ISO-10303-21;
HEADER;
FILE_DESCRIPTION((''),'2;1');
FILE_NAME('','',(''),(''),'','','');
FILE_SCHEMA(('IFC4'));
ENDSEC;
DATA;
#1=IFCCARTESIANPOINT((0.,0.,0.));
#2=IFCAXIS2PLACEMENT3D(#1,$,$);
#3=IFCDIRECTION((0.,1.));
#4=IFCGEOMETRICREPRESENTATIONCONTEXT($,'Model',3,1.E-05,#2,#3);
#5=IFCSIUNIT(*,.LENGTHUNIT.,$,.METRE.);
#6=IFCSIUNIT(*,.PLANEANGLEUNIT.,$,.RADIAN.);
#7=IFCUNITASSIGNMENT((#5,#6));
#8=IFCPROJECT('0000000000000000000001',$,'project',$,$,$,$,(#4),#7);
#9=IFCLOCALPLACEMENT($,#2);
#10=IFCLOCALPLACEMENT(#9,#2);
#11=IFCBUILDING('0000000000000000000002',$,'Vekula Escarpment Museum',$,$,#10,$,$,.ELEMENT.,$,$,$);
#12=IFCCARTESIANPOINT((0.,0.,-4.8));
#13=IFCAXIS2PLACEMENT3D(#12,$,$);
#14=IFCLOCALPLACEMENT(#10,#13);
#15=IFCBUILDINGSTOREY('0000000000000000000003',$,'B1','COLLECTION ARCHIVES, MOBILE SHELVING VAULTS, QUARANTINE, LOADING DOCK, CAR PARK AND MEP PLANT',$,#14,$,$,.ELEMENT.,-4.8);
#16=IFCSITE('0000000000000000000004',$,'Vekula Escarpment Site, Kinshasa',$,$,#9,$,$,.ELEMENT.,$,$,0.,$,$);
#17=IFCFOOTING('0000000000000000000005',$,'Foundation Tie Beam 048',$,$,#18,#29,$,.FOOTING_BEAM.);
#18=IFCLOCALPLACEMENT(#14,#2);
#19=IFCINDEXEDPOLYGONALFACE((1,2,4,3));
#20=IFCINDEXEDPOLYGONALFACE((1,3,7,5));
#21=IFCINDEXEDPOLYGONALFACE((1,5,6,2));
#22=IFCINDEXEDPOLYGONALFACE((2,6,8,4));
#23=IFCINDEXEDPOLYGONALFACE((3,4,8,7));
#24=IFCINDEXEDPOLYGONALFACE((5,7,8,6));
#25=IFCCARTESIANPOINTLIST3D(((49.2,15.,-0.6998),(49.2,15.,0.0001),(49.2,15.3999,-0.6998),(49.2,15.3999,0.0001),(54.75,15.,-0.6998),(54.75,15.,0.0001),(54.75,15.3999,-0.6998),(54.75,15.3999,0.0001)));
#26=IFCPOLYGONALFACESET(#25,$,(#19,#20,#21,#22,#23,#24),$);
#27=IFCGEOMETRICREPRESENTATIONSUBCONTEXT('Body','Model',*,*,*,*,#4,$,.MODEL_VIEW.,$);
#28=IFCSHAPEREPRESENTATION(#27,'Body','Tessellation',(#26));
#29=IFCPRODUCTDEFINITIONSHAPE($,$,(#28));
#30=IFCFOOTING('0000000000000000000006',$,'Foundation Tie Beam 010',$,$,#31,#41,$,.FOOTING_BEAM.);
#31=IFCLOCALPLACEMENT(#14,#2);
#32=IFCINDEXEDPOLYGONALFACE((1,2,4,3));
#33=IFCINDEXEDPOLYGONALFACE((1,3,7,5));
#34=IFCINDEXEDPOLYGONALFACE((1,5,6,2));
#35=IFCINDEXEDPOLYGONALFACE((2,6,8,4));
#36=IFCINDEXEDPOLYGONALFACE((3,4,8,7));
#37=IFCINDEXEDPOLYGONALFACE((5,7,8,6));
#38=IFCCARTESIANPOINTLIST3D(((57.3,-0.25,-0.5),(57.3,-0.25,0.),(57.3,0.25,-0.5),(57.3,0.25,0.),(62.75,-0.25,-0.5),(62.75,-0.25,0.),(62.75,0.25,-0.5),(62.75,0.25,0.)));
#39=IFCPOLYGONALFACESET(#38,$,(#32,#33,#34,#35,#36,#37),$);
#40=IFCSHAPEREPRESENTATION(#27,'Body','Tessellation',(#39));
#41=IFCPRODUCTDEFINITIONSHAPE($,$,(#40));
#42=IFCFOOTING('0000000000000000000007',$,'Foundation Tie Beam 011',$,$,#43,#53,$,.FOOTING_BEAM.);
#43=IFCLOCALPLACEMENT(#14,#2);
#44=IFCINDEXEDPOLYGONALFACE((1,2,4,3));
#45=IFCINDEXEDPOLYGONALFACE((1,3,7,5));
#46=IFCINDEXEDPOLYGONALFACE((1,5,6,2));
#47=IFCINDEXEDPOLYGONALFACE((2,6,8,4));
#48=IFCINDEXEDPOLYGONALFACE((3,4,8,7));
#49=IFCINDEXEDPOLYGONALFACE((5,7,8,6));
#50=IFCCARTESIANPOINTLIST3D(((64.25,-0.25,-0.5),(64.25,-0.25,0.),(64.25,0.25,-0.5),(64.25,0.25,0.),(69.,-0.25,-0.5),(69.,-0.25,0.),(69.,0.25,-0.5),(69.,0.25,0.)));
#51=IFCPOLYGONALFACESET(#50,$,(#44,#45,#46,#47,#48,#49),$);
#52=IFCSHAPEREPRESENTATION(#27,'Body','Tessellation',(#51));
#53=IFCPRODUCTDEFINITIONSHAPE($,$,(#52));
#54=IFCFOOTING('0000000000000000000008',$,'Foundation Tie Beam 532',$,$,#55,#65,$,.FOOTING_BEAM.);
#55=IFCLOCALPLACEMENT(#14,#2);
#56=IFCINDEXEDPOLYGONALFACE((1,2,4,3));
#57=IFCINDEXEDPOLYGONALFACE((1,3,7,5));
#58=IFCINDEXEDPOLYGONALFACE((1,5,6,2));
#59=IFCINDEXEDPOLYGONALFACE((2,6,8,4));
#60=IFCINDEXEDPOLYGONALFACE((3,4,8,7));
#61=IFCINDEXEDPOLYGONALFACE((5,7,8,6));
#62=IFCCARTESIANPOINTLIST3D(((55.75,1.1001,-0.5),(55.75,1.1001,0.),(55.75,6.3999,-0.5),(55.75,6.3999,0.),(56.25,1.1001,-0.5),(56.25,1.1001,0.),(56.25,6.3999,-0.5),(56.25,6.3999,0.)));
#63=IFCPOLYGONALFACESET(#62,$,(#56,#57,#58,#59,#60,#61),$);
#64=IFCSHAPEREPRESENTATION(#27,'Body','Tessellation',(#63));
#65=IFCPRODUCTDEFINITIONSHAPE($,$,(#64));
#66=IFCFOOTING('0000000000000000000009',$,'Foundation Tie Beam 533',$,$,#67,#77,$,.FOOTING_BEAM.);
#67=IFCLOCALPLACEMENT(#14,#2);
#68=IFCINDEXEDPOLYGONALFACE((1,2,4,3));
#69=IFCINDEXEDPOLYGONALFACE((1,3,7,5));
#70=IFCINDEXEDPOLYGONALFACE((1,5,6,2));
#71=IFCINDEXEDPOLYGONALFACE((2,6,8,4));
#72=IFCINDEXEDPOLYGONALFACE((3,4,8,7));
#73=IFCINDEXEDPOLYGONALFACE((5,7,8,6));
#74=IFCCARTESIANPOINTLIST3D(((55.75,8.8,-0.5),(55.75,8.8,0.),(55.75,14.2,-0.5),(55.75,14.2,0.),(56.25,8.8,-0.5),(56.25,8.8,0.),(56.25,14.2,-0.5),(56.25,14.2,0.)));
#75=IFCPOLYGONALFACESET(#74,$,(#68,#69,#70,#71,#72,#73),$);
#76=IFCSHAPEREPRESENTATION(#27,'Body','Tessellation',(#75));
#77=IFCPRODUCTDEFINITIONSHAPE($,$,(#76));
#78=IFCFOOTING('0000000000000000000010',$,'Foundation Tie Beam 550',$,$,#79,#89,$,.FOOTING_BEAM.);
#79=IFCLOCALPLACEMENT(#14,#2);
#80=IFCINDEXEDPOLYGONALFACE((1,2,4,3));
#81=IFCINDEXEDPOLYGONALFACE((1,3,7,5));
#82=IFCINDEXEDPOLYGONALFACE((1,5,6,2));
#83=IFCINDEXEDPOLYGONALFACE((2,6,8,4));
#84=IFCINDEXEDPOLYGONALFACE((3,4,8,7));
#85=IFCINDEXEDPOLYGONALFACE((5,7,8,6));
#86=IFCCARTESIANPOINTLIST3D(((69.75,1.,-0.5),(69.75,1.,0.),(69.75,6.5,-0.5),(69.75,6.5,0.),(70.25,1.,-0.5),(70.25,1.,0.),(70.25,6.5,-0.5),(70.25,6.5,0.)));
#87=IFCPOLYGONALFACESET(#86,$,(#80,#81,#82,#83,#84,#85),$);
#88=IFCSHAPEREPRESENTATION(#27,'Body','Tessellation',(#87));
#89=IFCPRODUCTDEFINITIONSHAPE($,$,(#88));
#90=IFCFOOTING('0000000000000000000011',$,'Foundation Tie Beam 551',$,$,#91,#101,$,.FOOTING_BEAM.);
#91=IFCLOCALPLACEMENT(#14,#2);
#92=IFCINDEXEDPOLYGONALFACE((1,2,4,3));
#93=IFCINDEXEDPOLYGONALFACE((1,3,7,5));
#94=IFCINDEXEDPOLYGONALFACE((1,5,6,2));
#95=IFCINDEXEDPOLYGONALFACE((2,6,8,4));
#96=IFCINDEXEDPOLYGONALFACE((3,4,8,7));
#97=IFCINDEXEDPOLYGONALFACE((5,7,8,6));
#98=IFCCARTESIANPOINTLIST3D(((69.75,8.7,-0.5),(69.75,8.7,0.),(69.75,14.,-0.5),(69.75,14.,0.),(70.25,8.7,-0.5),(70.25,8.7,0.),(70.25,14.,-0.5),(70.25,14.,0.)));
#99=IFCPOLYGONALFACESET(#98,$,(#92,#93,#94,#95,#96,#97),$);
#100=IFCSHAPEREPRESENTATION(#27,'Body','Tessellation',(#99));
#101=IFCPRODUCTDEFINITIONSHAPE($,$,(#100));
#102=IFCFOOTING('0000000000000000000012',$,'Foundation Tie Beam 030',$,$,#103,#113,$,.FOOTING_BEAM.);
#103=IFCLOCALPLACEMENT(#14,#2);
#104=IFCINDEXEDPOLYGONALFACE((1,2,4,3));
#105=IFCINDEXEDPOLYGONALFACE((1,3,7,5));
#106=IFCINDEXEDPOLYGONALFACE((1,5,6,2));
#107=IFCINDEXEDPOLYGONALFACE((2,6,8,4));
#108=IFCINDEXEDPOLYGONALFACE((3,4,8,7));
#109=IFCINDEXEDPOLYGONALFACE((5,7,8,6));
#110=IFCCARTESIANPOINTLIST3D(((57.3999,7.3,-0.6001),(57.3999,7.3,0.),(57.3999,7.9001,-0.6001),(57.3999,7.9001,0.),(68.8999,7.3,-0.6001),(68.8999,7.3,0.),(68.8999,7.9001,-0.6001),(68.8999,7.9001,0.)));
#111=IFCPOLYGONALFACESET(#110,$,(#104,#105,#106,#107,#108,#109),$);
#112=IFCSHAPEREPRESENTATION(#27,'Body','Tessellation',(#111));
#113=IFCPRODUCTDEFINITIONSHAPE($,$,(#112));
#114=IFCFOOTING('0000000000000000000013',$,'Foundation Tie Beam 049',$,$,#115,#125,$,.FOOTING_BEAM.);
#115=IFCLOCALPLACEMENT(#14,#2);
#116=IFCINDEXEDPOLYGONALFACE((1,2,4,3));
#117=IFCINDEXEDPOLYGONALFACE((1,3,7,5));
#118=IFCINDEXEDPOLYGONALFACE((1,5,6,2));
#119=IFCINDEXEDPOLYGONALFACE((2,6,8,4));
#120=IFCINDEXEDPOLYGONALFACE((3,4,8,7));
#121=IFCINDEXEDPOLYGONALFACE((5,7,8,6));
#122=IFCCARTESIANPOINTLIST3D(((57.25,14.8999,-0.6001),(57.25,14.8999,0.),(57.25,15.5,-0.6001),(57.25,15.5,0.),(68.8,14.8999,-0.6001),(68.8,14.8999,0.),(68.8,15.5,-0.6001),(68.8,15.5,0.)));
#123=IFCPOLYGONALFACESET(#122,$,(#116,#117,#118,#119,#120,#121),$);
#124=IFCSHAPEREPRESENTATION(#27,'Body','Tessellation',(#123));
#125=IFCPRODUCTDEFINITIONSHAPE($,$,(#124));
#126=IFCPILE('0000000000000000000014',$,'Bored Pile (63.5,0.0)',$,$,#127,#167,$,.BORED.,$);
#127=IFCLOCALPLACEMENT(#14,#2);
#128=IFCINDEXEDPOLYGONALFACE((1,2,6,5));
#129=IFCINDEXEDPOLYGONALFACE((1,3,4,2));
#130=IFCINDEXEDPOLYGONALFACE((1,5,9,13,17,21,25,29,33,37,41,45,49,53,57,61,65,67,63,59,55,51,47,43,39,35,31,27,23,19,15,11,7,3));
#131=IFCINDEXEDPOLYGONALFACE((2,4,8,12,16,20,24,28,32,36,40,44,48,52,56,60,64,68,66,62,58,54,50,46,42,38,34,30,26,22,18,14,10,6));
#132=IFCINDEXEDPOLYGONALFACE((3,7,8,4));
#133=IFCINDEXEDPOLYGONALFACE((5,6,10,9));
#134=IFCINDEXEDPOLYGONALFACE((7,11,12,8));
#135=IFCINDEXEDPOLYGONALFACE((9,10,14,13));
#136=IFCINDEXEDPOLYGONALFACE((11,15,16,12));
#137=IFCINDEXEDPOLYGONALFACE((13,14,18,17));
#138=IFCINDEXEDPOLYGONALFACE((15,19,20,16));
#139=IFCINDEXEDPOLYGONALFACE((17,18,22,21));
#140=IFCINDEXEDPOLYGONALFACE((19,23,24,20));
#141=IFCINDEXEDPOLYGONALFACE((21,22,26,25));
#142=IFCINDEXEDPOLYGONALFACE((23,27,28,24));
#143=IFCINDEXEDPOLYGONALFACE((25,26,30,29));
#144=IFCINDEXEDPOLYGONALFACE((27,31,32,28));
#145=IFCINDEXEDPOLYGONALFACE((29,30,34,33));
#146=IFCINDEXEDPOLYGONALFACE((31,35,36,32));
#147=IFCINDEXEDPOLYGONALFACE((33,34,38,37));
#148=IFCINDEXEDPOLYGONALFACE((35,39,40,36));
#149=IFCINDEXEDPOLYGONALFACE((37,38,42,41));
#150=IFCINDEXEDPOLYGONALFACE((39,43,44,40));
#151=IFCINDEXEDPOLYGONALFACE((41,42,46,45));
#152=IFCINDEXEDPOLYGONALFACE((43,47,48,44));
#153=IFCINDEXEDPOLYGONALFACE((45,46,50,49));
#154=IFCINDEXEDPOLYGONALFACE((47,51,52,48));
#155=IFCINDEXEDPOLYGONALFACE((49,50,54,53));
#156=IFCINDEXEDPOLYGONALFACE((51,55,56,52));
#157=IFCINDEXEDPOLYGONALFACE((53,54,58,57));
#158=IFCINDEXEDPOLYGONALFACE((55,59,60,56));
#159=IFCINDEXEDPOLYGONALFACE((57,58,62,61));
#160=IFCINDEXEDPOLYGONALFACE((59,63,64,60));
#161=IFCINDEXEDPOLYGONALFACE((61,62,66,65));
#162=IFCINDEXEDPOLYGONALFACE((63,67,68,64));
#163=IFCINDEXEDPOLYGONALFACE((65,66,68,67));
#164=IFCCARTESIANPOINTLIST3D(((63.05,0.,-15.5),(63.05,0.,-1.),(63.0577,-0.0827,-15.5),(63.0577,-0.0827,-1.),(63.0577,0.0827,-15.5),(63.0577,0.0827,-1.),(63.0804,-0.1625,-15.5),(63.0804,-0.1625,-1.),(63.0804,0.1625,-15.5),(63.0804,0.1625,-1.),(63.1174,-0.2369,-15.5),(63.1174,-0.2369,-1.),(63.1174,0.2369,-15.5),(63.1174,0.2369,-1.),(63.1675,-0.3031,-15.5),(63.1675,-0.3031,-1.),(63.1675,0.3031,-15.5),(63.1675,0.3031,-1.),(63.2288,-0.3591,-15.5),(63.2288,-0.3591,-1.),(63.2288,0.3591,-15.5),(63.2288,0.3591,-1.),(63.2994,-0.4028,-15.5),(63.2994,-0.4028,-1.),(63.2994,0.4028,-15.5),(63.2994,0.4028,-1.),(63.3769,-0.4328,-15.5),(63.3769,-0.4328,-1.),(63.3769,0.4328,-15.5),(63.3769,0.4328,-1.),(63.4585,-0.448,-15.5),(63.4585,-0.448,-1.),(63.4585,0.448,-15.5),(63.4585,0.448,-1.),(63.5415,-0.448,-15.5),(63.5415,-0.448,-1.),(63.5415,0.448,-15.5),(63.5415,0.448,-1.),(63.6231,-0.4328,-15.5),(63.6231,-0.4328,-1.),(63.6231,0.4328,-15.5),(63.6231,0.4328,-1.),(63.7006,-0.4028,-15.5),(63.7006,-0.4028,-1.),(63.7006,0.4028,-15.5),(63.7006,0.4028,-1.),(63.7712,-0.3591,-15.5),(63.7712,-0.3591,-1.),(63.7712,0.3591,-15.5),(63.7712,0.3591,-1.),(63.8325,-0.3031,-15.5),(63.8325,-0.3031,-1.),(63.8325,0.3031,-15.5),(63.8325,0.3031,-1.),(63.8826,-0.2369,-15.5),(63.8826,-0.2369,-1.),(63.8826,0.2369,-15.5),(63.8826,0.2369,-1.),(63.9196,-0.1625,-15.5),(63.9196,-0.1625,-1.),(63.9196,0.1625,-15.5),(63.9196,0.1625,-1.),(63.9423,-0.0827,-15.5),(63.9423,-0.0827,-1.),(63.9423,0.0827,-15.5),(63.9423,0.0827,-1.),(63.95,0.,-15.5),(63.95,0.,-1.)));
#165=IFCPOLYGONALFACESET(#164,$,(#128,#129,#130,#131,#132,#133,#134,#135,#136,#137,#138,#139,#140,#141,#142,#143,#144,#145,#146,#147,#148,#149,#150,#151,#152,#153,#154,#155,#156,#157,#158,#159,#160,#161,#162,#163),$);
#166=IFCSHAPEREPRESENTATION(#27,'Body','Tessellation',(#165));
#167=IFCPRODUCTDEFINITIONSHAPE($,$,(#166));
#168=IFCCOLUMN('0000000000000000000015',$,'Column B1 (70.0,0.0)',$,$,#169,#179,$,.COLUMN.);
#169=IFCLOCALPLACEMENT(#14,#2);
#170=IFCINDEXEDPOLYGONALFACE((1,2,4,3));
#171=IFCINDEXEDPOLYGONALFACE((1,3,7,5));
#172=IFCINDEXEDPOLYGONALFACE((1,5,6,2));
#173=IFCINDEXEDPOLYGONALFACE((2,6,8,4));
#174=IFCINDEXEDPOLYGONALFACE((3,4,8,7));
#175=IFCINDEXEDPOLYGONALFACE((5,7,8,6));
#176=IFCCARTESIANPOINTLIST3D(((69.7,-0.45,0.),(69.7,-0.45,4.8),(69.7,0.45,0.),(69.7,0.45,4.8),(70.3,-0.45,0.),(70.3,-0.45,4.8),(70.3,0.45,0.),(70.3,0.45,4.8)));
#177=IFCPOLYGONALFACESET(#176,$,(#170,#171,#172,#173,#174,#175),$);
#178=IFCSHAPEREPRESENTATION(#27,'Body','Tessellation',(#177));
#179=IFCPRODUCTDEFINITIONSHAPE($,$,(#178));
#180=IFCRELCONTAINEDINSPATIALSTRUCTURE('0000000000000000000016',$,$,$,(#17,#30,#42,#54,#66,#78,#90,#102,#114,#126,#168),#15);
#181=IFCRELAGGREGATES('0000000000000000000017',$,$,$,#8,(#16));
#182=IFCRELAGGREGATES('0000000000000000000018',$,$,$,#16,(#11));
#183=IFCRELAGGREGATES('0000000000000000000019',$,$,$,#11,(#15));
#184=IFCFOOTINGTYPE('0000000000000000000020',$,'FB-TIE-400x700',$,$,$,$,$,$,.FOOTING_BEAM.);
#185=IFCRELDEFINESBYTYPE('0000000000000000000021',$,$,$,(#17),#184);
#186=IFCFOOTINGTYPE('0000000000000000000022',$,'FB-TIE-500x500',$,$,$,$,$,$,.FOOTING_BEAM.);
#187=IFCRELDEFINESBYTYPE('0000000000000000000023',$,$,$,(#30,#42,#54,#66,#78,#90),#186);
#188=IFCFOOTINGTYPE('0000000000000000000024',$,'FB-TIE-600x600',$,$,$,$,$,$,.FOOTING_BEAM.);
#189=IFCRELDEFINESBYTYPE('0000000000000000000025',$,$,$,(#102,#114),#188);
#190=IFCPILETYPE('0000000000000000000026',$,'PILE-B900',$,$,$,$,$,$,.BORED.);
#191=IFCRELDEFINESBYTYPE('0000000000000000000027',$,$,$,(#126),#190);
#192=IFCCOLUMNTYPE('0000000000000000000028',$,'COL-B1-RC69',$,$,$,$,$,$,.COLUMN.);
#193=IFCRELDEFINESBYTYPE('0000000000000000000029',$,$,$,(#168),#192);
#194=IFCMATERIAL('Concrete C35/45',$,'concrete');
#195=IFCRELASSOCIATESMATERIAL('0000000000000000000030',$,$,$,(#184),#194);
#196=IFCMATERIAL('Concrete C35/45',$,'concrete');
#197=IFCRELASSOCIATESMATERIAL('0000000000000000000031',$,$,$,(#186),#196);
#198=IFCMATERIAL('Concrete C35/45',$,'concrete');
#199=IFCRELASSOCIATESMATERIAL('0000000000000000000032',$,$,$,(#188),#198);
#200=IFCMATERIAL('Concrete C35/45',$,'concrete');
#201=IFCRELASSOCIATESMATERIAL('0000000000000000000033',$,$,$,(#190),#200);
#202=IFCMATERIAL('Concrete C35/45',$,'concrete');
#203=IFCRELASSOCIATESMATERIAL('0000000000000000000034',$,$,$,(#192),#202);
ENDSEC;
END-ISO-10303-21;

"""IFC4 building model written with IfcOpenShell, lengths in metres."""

from ifc_helpers import new_model, si_unit, direction, frame, origin, origin_2d, place, context, subcontext, project, spatial, rectangle, circle, extrude, material, material_profile, profile_set, type_object, element, save


model = new_model("IFC4")

# Units and contexts
model_context = context("Model", 3, precision=1e-05, world=origin(), true_north=direction((0.0, 1.0)))
body_context = subcontext(model_context, "Body", "Model", "MODEL_VIEW")
ifc_project = project(units=[si_unit("LENGTHUNIT", "METRE"), si_unit("PLANEANGLEUNIT", "RADIAN")], contexts=[model_context])

# Site, building, storey
site_placement = place(None, origin())
site = spatial("IfcSite", under=ifc_project, at=site_placement, Name="Vekula Escarpment Site, Kinshasa", CompositionType="ELEMENT", RefElevation=0.0)
building_placement = place(site_placement, origin())
building = spatial("IfcBuilding", under=site, at=building_placement, Name="Vekula Escarpment Museum", CompositionType="ELEMENT")
storey_placement = place(building_placement, frame((0.0, 0.0, -4.8)))
storey = spatial("IfcBuildingStorey", under=building, at=storey_placement, Name="B1", Description="COLLECTION ARCHIVES, MOBILE SHELVING VAULTS, QUARANTINE, LOADING DOCK, CAR PARK AND MEP PLANT", CompositionType="ELEMENT", Elevation=-4.8)

# Footings
ifc_material_1 = material(Name="Concrete C35/45", Category="concrete")
ifc_material_profile_1 = material_profile(ifc_material_1, rectangle(XDim=0.3999, YDim=0.7, at=origin_2d()), Name="RC 400x700")
ifc_profile_set_1 = profile_set([ifc_material_profile_1], Name="Concrete C35/45")
footing_type_1 = type_object("IfcFootingType", Name="FB-TIE-400x700", PredefinedType="FOOTING_BEAM", material=ifc_profile_set_1)
footing_1_placement = place(storey_placement, frame((49.2, 15.2, -0.3499), z_axis=(1.0, 0.0, 0.0), x_axis=(0.0, 1.0, 0.0)))
element("IfcFooting", 1, at=footing_1_placement, inside=storey, type_object=footing_type_1, Name="Foundation Tie Beam 048", PredefinedType="FOOTING_BEAM", context=body_context, shape_type="SweptSolid", body=[
    extrude(rectangle(XDim=0.3999, YDim=0.7, at=origin_2d()), origin(), (0.0, 0.0, 1.0), 5.55),
])
ifc_material_2 = material(Name="Concrete C35/45", Category="concrete")
ifc_material_profile_2 = material_profile(ifc_material_2, rectangle(XDim=0.5, YDim=0.5, at=origin_2d()), Name="RC 500x500")
ifc_profile_set_2 = profile_set([ifc_material_profile_2], Name="Concrete C35/45")
footing_type_2 = type_object("IfcFootingType", Name="FB-TIE-500x500", PredefinedType="FOOTING_BEAM", material=ifc_profile_set_2)
footing_2_placement = place(storey_placement, frame((57.3, 0.0, -0.25), z_axis=(1.0, 0.0, 0.0), x_axis=(0.0, 1.0, 0.0)))
element("IfcFooting", 2, at=footing_2_placement, inside=storey, type_object=footing_type_2, Name="Foundation Tie Beam 010", PredefinedType="FOOTING_BEAM", context=body_context, shape_type="SweptSolid", body=[
    extrude(rectangle(XDim=0.5, YDim=0.5, at=origin_2d()), origin(), (0.0, 0.0, 1.0), 5.45),
])
footing_3_placement = place(storey_placement, frame((64.25, 0.0, -0.25), z_axis=(1.0, 0.0, 0.0), x_axis=(0.0, 1.0, 0.0)))
element("IfcFooting", 3, at=footing_3_placement, inside=storey, type_object=footing_type_2, Name="Foundation Tie Beam 011", PredefinedType="FOOTING_BEAM", context=body_context, shape_type="SweptSolid", body=[
    extrude(rectangle(XDim=0.5, YDim=0.5, at=origin_2d()), origin(), (0.0, 0.0, 1.0), 4.75),
])
footing_4_placement = place(storey_placement, frame((56.0, 1.1001, -0.25), z_axis=(0.0, 1.0, 0.0), x_axis=(-1.0, 0.0, 0.0)))
element("IfcFooting", 4, at=footing_4_placement, inside=storey, type_object=footing_type_2, Name="Foundation Tie Beam 532", PredefinedType="FOOTING_BEAM", context=body_context, shape_type="SweptSolid", body=[
    extrude(rectangle(XDim=0.5, YDim=0.5, at=origin_2d()), origin(), (0.0, 0.0, 1.0), 5.2998),
])
footing_5_placement = place(storey_placement, frame((56.0, 8.8, -0.25), z_axis=(0.0, 1.0, 0.0), x_axis=(-1.0, 0.0, 0.0)))
element("IfcFooting", 5, at=footing_5_placement, inside=storey, type_object=footing_type_2, Name="Foundation Tie Beam 533", PredefinedType="FOOTING_BEAM", context=body_context, shape_type="SweptSolid", body=[
    extrude(rectangle(XDim=0.5, YDim=0.5, at=origin_2d()), origin(), (0.0, 0.0, 1.0), 5.3999),
])
footing_6_placement = place(storey_placement, frame((70.0, 1.0, -0.25), z_axis=(0.0, 1.0, 0.0), x_axis=(-1.0, 0.0, 0.0)))
element("IfcFooting", 6, at=footing_6_placement, inside=storey, type_object=footing_type_2, Name="Foundation Tie Beam 550", PredefinedType="FOOTING_BEAM", context=body_context, shape_type="SweptSolid", body=[
    extrude(rectangle(XDim=0.5, YDim=0.5, at=origin_2d()), origin(), (0.0, 0.0, 1.0), 5.5),
])
footing_7_placement = place(storey_placement, frame((70.0, 8.7, -0.25), z_axis=(0.0, 1.0, 0.0), x_axis=(-1.0, 0.0, 0.0)))
element("IfcFooting", 7, at=footing_7_placement, inside=storey, type_object=footing_type_2, Name="Foundation Tie Beam 551", PredefinedType="FOOTING_BEAM", context=body_context, shape_type="SweptSolid", body=[
    extrude(rectangle(XDim=0.5, YDim=0.5, at=origin_2d()), origin(), (0.0, 0.0, 1.0), 5.3),
])
ifc_material_3 = material(Name="Concrete C35/45", Category="concrete")
ifc_material_profile_3 = material_profile(ifc_material_3, rectangle(XDim=0.6001, YDim=0.6001, at=origin_2d()), Name="RC 600x600")
ifc_profile_set_3 = profile_set([ifc_material_profile_3], Name="Concrete C35/45")
footing_type_3 = type_object("IfcFootingType", Name="FB-TIE-600x600", PredefinedType="FOOTING_BEAM", material=ifc_profile_set_3)
footing_8_placement = place(storey_placement, frame((57.3999, 7.6001, -0.3), z_axis=(1.0, 0.0, 0.0), x_axis=(0.0, 1.0, 0.0)))
element("IfcFooting", 8, at=footing_8_placement, inside=storey, type_object=footing_type_3, Name="Foundation Tie Beam 030", PredefinedType="FOOTING_BEAM", context=body_context, shape_type="SweptSolid", body=[
    extrude(rectangle(XDim=0.6001, YDim=0.6001, at=origin_2d()), origin(), (0.0, 0.0, 1.0), 11.5),
])
footing_9_placement = place(storey_placement, frame((57.25, 15.2, -0.3), z_axis=(1.0, 0.0, 0.0), x_axis=(0.0, 1.0, 0.0)))
element("IfcFooting", 9, at=footing_9_placement, inside=storey, type_object=footing_type_3, Name="Foundation Tie Beam 049", PredefinedType="FOOTING_BEAM", context=body_context, shape_type="SweptSolid", body=[
    extrude(rectangle(XDim=0.6001, YDim=0.6001, at=origin_2d()), origin(), (0.0, 0.0, 1.0), 11.55),
])

# Pile
ifc_material_4 = material(Name="Concrete C35/45", Category="concrete")
ifc_material_profile_4 = material_profile(ifc_material_4, circle(Radius=0.45, at=origin_2d()), Name="BORED PILE 900")
ifc_profile_set_4 = profile_set([ifc_material_profile_4], Name="Concrete C35/45")
pile_type = type_object("IfcPileType", Name="PILE-B900", PredefinedType="BORED", material=ifc_profile_set_4)
pile_placement = place(storey_placement, frame((63.5, 0.0, -1.0), z_axis=(0.0, 0.0, -1.0), x_axis=(1.0, 0.0, 0.0)))
element("IfcPile", 10, at=pile_placement, inside=storey, type_object=pile_type, Name="Bored Pile (63.5,0.0)", PredefinedType="BORED", context=body_context, shape_type="SweptSolid", body=[
    extrude(circle(Radius=0.45, at=origin_2d()), origin(), (0.0, 0.0, 1.0), 14.5),
])

# Column
ifc_material_5 = material(Name="Concrete C35/45", Category="concrete")
ifc_material_profile_5 = material_profile(ifc_material_5, rectangle(XDim=0.6001, YDim=0.8999, at=origin_2d()), Name="RC 600x900")
ifc_profile_set_5 = profile_set([ifc_material_profile_5], Name="Concrete C35/45")
column_type_1 = type_object("IfcColumnType", Name="COL-B1-RC69", PredefinedType="COLUMN", material=ifc_profile_set_5)
column_1_placement = place(storey_placement, frame((70.0, 0.0, 0.0), z_axis=(0.0, 0.0, 1.0), x_axis=(1.0, 0.0, 0.0)))
element("IfcColumn", 11, at=column_1_placement, inside=storey, type_object=column_type_1, Name="Column B1 (70.0,0.0)", PredefinedType="COLUMN", context=body_context, shape_type="SweptSolid", body=[
    extrude(rectangle(XDim=0.6001, YDim=0.8999, at=origin_2d()), origin(), (0.0, 0.0, 1.0), 4.8),
])

save(model, "model.ifc")
